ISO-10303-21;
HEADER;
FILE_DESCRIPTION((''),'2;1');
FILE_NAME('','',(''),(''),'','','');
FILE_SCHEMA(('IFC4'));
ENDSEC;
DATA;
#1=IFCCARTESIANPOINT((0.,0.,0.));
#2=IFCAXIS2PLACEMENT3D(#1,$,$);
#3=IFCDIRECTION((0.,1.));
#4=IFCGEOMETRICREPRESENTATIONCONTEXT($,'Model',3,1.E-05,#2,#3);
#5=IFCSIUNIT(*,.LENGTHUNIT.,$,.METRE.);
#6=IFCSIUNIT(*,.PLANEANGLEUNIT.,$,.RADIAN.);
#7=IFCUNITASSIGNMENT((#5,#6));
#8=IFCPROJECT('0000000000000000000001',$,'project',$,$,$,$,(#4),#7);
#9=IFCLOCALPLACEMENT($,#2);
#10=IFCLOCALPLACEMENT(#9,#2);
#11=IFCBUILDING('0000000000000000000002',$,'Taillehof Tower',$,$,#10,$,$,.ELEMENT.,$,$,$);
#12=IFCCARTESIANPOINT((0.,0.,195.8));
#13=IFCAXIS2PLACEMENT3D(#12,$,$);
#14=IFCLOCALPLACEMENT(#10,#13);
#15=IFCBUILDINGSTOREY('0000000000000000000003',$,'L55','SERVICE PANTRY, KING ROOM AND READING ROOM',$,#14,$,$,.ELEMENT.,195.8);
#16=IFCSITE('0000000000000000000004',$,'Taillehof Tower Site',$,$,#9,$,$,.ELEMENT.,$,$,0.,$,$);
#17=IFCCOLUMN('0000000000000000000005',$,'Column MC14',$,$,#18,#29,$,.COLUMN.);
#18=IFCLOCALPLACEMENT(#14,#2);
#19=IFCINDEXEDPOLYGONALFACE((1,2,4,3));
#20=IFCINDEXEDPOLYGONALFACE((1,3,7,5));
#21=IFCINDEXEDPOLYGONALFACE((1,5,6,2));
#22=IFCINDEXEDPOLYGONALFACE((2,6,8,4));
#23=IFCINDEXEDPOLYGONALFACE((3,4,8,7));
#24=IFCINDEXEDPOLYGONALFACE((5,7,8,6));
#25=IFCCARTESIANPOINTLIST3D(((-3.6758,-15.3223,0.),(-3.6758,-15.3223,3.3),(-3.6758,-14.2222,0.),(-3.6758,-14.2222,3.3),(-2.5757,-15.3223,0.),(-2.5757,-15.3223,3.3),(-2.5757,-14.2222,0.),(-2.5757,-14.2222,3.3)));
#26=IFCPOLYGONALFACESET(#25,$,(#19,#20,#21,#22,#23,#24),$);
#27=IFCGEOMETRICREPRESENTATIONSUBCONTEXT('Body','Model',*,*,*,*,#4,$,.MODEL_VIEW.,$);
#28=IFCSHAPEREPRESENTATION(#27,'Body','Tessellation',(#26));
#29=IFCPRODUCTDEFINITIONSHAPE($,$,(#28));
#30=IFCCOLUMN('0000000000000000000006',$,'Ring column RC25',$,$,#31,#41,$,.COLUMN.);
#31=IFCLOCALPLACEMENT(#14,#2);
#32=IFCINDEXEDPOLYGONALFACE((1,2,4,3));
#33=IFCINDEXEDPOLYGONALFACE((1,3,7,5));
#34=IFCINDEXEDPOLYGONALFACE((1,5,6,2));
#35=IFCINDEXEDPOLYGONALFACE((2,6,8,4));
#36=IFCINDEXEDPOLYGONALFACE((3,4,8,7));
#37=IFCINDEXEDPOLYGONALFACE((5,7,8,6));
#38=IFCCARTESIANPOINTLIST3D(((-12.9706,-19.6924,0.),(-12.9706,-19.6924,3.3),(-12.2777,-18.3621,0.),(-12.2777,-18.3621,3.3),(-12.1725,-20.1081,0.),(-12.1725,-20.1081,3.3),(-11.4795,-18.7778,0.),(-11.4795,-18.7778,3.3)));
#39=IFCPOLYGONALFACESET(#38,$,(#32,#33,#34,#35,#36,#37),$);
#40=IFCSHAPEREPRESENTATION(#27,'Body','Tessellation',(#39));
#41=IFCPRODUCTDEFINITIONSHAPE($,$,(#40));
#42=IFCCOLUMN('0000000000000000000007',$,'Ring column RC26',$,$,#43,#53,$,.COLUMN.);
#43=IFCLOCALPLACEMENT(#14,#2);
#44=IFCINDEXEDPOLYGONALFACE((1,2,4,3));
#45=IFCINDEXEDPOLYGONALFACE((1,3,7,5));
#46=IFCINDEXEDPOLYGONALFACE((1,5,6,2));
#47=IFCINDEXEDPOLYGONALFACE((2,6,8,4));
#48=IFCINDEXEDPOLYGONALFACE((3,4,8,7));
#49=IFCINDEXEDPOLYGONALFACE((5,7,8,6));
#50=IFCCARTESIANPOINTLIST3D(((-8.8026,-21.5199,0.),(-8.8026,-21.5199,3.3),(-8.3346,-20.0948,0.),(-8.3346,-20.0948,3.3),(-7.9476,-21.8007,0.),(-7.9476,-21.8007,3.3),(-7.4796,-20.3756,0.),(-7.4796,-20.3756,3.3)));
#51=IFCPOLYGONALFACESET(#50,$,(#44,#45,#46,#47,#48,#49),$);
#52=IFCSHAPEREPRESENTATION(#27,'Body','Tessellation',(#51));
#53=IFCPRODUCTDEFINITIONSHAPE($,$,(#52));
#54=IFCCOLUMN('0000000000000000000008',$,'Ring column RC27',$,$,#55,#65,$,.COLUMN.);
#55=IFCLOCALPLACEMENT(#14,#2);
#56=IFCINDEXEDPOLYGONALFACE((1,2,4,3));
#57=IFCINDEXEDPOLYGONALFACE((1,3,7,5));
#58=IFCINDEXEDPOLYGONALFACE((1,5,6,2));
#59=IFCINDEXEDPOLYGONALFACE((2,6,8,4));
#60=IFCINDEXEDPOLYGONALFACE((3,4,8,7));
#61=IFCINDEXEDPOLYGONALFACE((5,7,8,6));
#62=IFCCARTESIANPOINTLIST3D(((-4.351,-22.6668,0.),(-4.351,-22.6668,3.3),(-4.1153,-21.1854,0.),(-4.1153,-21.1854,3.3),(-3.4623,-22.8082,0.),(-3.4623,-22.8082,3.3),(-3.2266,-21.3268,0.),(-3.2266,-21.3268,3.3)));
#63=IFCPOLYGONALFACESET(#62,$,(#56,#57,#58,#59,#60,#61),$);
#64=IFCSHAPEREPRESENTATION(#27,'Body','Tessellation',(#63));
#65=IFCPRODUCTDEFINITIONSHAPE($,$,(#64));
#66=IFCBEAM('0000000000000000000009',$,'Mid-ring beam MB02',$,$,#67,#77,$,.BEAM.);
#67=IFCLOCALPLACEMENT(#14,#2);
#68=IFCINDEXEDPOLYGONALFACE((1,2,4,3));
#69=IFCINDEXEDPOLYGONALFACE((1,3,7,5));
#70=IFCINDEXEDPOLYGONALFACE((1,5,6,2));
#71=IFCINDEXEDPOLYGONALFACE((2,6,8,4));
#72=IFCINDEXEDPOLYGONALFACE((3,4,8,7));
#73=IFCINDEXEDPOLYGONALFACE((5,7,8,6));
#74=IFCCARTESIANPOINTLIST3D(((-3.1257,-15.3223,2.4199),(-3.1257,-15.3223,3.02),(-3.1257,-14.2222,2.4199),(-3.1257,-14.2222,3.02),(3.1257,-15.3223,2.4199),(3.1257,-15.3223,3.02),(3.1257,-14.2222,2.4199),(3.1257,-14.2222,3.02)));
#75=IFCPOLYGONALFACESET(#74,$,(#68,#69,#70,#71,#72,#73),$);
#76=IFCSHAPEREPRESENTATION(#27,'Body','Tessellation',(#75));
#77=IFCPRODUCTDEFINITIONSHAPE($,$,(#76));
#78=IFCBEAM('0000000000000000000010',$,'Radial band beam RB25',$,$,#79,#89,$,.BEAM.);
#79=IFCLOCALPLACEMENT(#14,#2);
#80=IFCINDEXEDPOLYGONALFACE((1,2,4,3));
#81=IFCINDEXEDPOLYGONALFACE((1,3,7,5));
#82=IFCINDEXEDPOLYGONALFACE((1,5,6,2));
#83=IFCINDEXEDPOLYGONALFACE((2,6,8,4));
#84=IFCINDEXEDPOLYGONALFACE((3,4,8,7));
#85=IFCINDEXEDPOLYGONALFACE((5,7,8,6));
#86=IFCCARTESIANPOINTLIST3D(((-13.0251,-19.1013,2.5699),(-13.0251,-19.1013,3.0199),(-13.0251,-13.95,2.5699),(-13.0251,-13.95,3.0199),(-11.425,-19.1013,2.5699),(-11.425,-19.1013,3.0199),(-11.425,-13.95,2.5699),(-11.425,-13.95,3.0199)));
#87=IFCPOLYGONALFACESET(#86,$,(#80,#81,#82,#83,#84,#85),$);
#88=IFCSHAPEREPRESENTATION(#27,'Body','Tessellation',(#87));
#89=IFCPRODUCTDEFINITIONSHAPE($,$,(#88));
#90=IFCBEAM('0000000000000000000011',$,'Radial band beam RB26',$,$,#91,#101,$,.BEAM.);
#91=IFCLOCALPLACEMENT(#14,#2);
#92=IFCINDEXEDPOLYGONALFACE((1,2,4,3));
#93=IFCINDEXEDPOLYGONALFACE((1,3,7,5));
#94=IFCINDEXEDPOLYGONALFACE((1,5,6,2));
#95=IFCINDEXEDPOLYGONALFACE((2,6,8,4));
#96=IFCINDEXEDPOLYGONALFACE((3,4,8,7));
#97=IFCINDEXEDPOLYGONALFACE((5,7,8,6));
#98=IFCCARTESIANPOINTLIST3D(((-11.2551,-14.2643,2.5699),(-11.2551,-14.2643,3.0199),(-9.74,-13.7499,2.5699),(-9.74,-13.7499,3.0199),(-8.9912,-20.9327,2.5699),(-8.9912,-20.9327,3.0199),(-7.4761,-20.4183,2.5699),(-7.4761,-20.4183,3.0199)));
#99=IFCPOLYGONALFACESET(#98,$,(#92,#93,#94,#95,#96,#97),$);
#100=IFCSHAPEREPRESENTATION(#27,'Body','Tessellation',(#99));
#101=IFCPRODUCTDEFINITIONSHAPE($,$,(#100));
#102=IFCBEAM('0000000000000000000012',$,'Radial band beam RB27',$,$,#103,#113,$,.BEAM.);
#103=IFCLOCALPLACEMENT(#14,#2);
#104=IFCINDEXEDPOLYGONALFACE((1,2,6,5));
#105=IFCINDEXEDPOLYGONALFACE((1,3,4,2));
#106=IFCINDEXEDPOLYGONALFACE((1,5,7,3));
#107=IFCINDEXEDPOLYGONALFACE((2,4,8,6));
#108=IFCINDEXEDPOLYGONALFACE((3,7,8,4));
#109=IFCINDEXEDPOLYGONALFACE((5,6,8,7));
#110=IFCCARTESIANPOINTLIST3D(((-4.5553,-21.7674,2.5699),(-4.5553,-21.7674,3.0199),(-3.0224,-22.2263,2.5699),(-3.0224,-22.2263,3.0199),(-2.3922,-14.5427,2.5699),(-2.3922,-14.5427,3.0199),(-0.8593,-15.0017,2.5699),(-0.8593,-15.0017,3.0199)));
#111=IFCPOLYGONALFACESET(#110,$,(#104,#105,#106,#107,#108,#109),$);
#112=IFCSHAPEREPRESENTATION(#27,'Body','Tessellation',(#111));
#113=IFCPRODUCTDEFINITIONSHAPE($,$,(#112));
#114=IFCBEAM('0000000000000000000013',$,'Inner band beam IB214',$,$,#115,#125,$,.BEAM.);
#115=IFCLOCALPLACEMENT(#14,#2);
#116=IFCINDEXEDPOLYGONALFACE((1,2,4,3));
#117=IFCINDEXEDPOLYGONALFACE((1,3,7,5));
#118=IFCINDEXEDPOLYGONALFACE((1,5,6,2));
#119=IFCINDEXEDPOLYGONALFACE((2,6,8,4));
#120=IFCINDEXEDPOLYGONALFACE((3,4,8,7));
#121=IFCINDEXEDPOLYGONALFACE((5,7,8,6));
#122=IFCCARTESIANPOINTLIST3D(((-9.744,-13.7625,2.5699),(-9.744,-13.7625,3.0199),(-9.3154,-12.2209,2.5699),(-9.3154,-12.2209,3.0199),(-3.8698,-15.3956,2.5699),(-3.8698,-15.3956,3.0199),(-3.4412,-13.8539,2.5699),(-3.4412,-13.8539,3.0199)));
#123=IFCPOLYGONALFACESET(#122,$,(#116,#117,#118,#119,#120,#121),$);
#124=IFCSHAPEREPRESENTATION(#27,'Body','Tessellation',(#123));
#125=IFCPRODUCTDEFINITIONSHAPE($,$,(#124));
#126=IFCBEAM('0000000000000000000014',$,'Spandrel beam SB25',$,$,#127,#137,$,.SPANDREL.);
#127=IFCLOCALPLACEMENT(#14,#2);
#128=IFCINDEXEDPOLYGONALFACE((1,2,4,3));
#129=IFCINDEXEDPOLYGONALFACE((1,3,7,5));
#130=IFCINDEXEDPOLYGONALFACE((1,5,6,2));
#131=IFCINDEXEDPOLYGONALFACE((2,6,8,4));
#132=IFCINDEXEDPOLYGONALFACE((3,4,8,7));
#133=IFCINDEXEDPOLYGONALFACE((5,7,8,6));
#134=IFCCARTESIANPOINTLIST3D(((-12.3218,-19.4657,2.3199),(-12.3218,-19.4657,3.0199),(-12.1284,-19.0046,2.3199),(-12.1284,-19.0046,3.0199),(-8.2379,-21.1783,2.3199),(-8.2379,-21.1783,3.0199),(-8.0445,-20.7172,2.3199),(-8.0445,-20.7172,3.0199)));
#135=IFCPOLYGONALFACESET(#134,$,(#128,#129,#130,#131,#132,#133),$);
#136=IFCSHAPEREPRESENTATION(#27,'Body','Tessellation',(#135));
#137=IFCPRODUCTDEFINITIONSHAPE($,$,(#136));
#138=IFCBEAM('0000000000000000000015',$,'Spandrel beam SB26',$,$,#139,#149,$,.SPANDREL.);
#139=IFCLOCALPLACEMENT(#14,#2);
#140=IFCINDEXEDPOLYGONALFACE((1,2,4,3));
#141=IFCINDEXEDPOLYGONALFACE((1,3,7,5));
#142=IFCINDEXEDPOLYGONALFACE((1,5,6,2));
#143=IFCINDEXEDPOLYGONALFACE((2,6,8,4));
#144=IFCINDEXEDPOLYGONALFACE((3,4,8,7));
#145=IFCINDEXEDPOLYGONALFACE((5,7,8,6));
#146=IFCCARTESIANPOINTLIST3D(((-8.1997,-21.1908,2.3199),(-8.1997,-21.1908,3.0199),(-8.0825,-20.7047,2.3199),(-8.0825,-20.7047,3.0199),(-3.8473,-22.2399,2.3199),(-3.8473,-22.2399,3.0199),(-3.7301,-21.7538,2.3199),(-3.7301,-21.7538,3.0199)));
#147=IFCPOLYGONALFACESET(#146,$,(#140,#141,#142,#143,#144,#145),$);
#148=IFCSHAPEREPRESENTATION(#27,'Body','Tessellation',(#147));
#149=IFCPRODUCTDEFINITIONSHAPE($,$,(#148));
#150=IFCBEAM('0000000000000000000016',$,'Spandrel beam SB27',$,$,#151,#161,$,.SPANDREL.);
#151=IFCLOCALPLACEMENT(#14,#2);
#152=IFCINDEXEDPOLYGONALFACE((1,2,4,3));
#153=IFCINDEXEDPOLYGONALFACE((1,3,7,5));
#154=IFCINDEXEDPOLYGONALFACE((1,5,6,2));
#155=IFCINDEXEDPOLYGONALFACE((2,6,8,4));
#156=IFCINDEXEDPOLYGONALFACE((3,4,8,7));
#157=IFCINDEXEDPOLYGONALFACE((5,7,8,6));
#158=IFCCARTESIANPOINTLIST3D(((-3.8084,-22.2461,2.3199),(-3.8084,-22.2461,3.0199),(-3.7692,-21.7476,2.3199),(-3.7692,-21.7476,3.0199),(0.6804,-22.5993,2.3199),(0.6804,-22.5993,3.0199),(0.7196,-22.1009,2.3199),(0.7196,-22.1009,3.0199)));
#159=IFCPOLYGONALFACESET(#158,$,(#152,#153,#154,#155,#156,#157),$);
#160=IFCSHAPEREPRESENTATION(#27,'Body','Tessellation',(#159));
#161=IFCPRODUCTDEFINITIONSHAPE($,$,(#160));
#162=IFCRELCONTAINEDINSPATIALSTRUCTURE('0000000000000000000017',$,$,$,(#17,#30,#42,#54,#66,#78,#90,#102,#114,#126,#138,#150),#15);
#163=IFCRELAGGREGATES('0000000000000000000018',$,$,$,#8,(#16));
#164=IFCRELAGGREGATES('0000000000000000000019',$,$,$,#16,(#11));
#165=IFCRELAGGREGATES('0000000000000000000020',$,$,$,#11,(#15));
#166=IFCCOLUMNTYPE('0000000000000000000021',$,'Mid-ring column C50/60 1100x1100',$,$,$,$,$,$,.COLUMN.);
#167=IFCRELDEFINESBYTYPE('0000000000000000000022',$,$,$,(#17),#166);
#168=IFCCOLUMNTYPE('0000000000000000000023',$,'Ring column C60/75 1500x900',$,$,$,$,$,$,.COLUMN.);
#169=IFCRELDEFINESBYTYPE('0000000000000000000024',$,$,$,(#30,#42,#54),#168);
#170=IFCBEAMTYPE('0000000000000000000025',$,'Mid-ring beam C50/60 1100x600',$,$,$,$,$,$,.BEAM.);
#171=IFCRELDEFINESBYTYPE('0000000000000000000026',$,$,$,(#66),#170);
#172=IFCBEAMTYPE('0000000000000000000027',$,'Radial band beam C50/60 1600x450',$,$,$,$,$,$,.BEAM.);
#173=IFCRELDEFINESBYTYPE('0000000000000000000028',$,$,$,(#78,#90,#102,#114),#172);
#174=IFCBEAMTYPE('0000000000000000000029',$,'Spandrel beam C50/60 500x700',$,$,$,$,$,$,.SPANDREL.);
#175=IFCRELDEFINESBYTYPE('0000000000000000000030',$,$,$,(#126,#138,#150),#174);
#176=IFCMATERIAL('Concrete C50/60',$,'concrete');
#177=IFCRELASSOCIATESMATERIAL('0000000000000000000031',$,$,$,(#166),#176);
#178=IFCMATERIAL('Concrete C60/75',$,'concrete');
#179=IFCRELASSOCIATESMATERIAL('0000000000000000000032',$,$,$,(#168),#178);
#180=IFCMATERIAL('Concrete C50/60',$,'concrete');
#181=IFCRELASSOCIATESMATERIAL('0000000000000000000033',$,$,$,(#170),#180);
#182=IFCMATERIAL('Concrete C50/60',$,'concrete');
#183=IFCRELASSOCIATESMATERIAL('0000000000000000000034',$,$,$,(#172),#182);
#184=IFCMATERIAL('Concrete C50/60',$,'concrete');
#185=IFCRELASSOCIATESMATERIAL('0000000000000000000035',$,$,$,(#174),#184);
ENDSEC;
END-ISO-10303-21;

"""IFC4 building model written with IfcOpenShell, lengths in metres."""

from ifc_helpers import new_model, si_unit, direction, frame, origin, origin_2d, place, context, subcontext, project, spatial, rectangle, extrude, material, material_profile, profile_set, type_object, element, save


model = new_model("IFC4")

# Units and contexts
model_context = context("Model", 3, precision=1e-05, world=origin(), true_north=direction((0.0, 1.0)))
body_context = subcontext(model_context, "Body", "Model", "MODEL_VIEW")
ifc_project = project(units=[si_unit("LENGTHUNIT", "METRE"), si_unit("PLANEANGLEUNIT", "RADIAN")], contexts=[model_context])

# Site, building, storey
site_placement = place(None, origin())
site = spatial("IfcSite", under=ifc_project, at=site_placement, Name="Taillehof Tower Site", CompositionType="ELEMENT", RefElevation=0.0)
building_placement = place(site_placement, origin())
building = spatial("IfcBuilding", under=site, at=building_placement, Name="Taillehof Tower", CompositionType="ELEMENT")
storey_placement = place(building_placement, frame((0.0, 0.0, 195.8)))
storey = spatial("IfcBuildingStorey", under=building, at=storey_placement, Name="L55", Description="SERVICE PANTRY, KING ROOM AND READING ROOM", CompositionType="ELEMENT", Elevation=195.8)

# Columns
ifc_material_1 = material(Name="Concrete C50/60", Category="concrete")
ifc_material_profile_1 = material_profile(ifc_material_1, rectangle(XDim=1.1001, YDim=1.1001, at=origin_2d()), Name="RC 1100x1100")
ifc_profile_set_1 = profile_set([ifc_material_profile_1], Name="Concrete C50/60")
column_type_1 = type_object("IfcColumnType", Name="Mid-ring column C50/60 1100x1100", PredefinedType="COLUMN", material=ifc_profile_set_1)
column_placement = place(storey_placement, frame((-3.1257, -14.7722, 0.0), z_axis=(0.0, 0.0, 1.0), x_axis=(1.0, 0.0, 0.0)))
element("IfcColumn", 1, at=column_placement, inside=storey, type_object=column_type_1, Name="Column MC14", PredefinedType="COLUMN", context=body_context, shape_type="SweptSolid", body=[
    extrude(rectangle(XDim=1.1001, YDim=1.1001, at=origin_2d()), origin(), (0.0, 0.0, 1.0), 3.3),
])
ifc_material_2 = material(Name="Concrete C60/75", Category="concrete")
ifc_material_profile_2 = material_profile(ifc_material_2, rectangle(XDim=1.5, YDim=0.8999, at=origin_2d()), Name="RC 1500x900")
ifc_profile_set_2 = profile_set([ifc_material_profile_2], Name="Concrete C60/75")
column_type_2 = type_object("IfcColumnType", Name="Ring column C60/75 1500x900", PredefinedType="COLUMN", material=ifc_profile_set_2)
for number, where, z_axis, x_axis, name in (
    (2, (-12.2251, -19.2351, 0.0), (0.0, 0.0, 1.0), (-0.461993, -0.886883, 0.0), "Ring column RC25"),
    (3, (-8.1411, -20.9478, 0.0), (0.0, 0.0, 1.0), (-0.312001, -0.950082, 0.0), "Ring column RC26"),
    (4, (-3.7888, -21.9968, 0.0), (0.0, 0.0, 1.0), (-0.157116, -0.98758, 0.0), "Ring column RC27"),
):
    element("IfcColumn", number, at=place(storey_placement, frame(where, z_axis=z_axis, x_axis=x_axis)), inside=storey, type_object=column_type_2, Name=name, PredefinedType="COLUMN", context=body_context, shape_type="SweptSolid", body=[
        extrude(rectangle(XDim=1.5, YDim=0.8999, at=origin_2d()), origin(), (0.0, 0.0, 1.0), 3.3),
    ])

# Beams
ifc_material_3 = material(Name="Concrete C50/60", Category="concrete")
ifc_material_profile_3 = material_profile(ifc_material_3, rectangle(XDim=1.1001, YDim=0.6001, at=origin_2d()), Name="RC 1100x600")
ifc_profile_set_3 = profile_set([ifc_material_profile_3], Name="Concrete C50/60")
beam_type_1 = type_object("IfcBeamType", Name="Mid-ring beam C50/60 1100x600", PredefinedType="BEAM", material=ifc_profile_set_3)
beam_1_placement = place(storey_placement, frame((-3.1257, -14.7722, 2.72), z_axis=(1.0, 0.0, 0.0), x_axis=(0.0, 1.0, 0.0)))
element("IfcBeam", 5, at=beam_1_placement, inside=storey, type_object=beam_type_1, Name="Mid-ring beam MB02", PredefinedType="BEAM", context=body_context, shape_type="SweptSolid", body=[
    extrude(rectangle(XDim=1.1001, YDim=0.6001, at=origin_2d()), origin(), (0.0, 0.0, 1.0), 6.2515),
])
ifc_material_4 = material(Name="Concrete C50/60", Category="concrete")
ifc_material_profile_4 = material_profile(ifc_material_4, rectangle(XDim=1.6001, YDim=0.45, at=origin_2d()), Name="RC 1600x450")
ifc_profile_set_4 = profile_set([ifc_material_profile_4], Name="Concrete C50/60")
beam_type_2 = type_object("IfcBeamType", Name="Radial band beam C50/60 1600x450", PredefinedType="BEAM", material=ifc_profile_set_4)
beam_2_placement = place(storey_placement, frame((-12.2251, -19.1013, 2.7949), z_axis=(0.0, 1.0, 0.0), x_axis=(-1.0, 0.0, 0.0)))
element("IfcBeam", 6, at=beam_2_placement, inside=storey, type_object=beam_type_2, Name="Radial band beam RB25", PredefinedType="BEAM", context=body_context, shape_type="SweptSolid", body=[
    extrude(rectangle(XDim=1.6001, YDim=0.45, at=origin_2d()), origin(), (0.0, 0.0, 1.0), 5.1514),
])
beam_3_placement = place(storey_placement, frame((-8.2336, -20.6755, 2.7949), z_axis=(-0.321475, 0.946918, 0.0), x_axis=(-0.946918, -0.321475, 0.0)))
element("IfcBeam", 7, at=beam_3_placement, inside=storey, type_object=beam_type_2, Name="Radial band beam RB26", PredefinedType="BEAM", context=body_context, shape_type="SweptSolid", body=[
    extrude(rectangle(XDim=1.6001, YDim=0.45, at=origin_2d()), origin(), (0.0, 0.0, 1.0), 7.0422),
])
beam_4_placement = place(storey_placement, frame((-3.7888, -21.9968, 2.7949), z_axis=(0.286825, 0.957983, 0.0), x_axis=(-0.957983, 0.286825, 0.0)))
element("IfcBeam", 8, at=beam_4_placement, inside=storey, type_object=beam_type_2, Name="Radial band beam RB27", PredefinedType="BEAM", context=body_context, shape_type="SweptSolid", body=[
    extrude(rectangle(XDim=1.6001, YDim=0.45, at=origin_2d()), origin(), (0.0, 0.0, 1.0), 7.5415),
])
beam_5_placement = place(storey_placement, frame((-3.6555, -14.6248, 2.7949), z_axis=(-0.963459, 0.267855, 0.0), x_axis=(-0.267855, -0.963459, 0.0)))
element("IfcBeam", 9, at=beam_5_placement, inside=storey, type_object=beam_type_2, Name="Inner band beam IB214", PredefinedType="BEAM", context=body_context, shape_type="SweptSolid", body=[
    extrude(rectangle(XDim=1.6001, YDim=0.45, at=origin_2d()), origin(), (0.0, 0.0, 1.0), 6.0969),
])
ifc_material_5 = material(Name="Concrete C50/60", Category="concrete")
ifc_material_profile_5 = material_profile(ifc_material_5, rectangle(XDim=0.5, YDim=0.7, at=origin_2d()), Name="RC 500x700")
ifc_profile_set_5 = profile_set([ifc_material_profile_5], Name="Concrete C50/60")
beam_type_3 = type_object("IfcBeamType", Name="Spandrel beam C50/60 500x700", PredefinedType="SPANDREL", material=ifc_profile_set_5)
beam_6_placement = place(storey_placement, frame((-12.2251, -19.2351, 2.6699), z_axis=(0.922194, -0.386728, 0.0), x_axis=(0.386728, 0.922194, 0.0)))
element("IfcBeam", 10, at=beam_6_placement, inside=storey, type_object=beam_type_3, Name="Spandrel beam SB25", PredefinedType="SPANDREL", context=body_context, shape_type="SweptSolid", body=[
    extrude(rectangle(XDim=0.5, YDim=0.7, at=origin_2d()), origin(), (0.0, 0.0, 1.0), 4.4285),
])
beam_7_placement = place(storey_placement, frame((-8.1411, -20.9478, 2.6699), z_axis=(0.972158, -0.234328, 0.0), x_axis=(0.234328, 0.972158, 0.0)))
element("IfcBeam", 11, at=beam_7_placement, inside=storey, type_object=beam_type_3, Name="Spandrel beam SB26", PredefinedType="SPANDREL", context=body_context, shape_type="SweptSolid", body=[
    extrude(rectangle(XDim=0.5, YDim=0.7, at=origin_2d()), origin(), (0.0, 0.0, 1.0), 4.4771),
])
beam_8_placement = place(storey_placement, frame((-3.7888, -21.9968, 2.6699), z_axis=(0.996917, -0.078459, 0.0), x_axis=(0.078459, 0.996917, 0.0)))
element("IfcBeam", 12, at=beam_8_placement, inside=storey, type_object=beam_type_3, Name="Spandrel beam SB27", PredefinedType="SPANDREL", context=body_context, shape_type="SweptSolid", body=[
    extrude(rectangle(XDim=0.5, YDim=0.7, at=origin_2d()), origin(), (0.0, 0.0, 1.0), 4.5027),
])

save(model, "model.ifc")
